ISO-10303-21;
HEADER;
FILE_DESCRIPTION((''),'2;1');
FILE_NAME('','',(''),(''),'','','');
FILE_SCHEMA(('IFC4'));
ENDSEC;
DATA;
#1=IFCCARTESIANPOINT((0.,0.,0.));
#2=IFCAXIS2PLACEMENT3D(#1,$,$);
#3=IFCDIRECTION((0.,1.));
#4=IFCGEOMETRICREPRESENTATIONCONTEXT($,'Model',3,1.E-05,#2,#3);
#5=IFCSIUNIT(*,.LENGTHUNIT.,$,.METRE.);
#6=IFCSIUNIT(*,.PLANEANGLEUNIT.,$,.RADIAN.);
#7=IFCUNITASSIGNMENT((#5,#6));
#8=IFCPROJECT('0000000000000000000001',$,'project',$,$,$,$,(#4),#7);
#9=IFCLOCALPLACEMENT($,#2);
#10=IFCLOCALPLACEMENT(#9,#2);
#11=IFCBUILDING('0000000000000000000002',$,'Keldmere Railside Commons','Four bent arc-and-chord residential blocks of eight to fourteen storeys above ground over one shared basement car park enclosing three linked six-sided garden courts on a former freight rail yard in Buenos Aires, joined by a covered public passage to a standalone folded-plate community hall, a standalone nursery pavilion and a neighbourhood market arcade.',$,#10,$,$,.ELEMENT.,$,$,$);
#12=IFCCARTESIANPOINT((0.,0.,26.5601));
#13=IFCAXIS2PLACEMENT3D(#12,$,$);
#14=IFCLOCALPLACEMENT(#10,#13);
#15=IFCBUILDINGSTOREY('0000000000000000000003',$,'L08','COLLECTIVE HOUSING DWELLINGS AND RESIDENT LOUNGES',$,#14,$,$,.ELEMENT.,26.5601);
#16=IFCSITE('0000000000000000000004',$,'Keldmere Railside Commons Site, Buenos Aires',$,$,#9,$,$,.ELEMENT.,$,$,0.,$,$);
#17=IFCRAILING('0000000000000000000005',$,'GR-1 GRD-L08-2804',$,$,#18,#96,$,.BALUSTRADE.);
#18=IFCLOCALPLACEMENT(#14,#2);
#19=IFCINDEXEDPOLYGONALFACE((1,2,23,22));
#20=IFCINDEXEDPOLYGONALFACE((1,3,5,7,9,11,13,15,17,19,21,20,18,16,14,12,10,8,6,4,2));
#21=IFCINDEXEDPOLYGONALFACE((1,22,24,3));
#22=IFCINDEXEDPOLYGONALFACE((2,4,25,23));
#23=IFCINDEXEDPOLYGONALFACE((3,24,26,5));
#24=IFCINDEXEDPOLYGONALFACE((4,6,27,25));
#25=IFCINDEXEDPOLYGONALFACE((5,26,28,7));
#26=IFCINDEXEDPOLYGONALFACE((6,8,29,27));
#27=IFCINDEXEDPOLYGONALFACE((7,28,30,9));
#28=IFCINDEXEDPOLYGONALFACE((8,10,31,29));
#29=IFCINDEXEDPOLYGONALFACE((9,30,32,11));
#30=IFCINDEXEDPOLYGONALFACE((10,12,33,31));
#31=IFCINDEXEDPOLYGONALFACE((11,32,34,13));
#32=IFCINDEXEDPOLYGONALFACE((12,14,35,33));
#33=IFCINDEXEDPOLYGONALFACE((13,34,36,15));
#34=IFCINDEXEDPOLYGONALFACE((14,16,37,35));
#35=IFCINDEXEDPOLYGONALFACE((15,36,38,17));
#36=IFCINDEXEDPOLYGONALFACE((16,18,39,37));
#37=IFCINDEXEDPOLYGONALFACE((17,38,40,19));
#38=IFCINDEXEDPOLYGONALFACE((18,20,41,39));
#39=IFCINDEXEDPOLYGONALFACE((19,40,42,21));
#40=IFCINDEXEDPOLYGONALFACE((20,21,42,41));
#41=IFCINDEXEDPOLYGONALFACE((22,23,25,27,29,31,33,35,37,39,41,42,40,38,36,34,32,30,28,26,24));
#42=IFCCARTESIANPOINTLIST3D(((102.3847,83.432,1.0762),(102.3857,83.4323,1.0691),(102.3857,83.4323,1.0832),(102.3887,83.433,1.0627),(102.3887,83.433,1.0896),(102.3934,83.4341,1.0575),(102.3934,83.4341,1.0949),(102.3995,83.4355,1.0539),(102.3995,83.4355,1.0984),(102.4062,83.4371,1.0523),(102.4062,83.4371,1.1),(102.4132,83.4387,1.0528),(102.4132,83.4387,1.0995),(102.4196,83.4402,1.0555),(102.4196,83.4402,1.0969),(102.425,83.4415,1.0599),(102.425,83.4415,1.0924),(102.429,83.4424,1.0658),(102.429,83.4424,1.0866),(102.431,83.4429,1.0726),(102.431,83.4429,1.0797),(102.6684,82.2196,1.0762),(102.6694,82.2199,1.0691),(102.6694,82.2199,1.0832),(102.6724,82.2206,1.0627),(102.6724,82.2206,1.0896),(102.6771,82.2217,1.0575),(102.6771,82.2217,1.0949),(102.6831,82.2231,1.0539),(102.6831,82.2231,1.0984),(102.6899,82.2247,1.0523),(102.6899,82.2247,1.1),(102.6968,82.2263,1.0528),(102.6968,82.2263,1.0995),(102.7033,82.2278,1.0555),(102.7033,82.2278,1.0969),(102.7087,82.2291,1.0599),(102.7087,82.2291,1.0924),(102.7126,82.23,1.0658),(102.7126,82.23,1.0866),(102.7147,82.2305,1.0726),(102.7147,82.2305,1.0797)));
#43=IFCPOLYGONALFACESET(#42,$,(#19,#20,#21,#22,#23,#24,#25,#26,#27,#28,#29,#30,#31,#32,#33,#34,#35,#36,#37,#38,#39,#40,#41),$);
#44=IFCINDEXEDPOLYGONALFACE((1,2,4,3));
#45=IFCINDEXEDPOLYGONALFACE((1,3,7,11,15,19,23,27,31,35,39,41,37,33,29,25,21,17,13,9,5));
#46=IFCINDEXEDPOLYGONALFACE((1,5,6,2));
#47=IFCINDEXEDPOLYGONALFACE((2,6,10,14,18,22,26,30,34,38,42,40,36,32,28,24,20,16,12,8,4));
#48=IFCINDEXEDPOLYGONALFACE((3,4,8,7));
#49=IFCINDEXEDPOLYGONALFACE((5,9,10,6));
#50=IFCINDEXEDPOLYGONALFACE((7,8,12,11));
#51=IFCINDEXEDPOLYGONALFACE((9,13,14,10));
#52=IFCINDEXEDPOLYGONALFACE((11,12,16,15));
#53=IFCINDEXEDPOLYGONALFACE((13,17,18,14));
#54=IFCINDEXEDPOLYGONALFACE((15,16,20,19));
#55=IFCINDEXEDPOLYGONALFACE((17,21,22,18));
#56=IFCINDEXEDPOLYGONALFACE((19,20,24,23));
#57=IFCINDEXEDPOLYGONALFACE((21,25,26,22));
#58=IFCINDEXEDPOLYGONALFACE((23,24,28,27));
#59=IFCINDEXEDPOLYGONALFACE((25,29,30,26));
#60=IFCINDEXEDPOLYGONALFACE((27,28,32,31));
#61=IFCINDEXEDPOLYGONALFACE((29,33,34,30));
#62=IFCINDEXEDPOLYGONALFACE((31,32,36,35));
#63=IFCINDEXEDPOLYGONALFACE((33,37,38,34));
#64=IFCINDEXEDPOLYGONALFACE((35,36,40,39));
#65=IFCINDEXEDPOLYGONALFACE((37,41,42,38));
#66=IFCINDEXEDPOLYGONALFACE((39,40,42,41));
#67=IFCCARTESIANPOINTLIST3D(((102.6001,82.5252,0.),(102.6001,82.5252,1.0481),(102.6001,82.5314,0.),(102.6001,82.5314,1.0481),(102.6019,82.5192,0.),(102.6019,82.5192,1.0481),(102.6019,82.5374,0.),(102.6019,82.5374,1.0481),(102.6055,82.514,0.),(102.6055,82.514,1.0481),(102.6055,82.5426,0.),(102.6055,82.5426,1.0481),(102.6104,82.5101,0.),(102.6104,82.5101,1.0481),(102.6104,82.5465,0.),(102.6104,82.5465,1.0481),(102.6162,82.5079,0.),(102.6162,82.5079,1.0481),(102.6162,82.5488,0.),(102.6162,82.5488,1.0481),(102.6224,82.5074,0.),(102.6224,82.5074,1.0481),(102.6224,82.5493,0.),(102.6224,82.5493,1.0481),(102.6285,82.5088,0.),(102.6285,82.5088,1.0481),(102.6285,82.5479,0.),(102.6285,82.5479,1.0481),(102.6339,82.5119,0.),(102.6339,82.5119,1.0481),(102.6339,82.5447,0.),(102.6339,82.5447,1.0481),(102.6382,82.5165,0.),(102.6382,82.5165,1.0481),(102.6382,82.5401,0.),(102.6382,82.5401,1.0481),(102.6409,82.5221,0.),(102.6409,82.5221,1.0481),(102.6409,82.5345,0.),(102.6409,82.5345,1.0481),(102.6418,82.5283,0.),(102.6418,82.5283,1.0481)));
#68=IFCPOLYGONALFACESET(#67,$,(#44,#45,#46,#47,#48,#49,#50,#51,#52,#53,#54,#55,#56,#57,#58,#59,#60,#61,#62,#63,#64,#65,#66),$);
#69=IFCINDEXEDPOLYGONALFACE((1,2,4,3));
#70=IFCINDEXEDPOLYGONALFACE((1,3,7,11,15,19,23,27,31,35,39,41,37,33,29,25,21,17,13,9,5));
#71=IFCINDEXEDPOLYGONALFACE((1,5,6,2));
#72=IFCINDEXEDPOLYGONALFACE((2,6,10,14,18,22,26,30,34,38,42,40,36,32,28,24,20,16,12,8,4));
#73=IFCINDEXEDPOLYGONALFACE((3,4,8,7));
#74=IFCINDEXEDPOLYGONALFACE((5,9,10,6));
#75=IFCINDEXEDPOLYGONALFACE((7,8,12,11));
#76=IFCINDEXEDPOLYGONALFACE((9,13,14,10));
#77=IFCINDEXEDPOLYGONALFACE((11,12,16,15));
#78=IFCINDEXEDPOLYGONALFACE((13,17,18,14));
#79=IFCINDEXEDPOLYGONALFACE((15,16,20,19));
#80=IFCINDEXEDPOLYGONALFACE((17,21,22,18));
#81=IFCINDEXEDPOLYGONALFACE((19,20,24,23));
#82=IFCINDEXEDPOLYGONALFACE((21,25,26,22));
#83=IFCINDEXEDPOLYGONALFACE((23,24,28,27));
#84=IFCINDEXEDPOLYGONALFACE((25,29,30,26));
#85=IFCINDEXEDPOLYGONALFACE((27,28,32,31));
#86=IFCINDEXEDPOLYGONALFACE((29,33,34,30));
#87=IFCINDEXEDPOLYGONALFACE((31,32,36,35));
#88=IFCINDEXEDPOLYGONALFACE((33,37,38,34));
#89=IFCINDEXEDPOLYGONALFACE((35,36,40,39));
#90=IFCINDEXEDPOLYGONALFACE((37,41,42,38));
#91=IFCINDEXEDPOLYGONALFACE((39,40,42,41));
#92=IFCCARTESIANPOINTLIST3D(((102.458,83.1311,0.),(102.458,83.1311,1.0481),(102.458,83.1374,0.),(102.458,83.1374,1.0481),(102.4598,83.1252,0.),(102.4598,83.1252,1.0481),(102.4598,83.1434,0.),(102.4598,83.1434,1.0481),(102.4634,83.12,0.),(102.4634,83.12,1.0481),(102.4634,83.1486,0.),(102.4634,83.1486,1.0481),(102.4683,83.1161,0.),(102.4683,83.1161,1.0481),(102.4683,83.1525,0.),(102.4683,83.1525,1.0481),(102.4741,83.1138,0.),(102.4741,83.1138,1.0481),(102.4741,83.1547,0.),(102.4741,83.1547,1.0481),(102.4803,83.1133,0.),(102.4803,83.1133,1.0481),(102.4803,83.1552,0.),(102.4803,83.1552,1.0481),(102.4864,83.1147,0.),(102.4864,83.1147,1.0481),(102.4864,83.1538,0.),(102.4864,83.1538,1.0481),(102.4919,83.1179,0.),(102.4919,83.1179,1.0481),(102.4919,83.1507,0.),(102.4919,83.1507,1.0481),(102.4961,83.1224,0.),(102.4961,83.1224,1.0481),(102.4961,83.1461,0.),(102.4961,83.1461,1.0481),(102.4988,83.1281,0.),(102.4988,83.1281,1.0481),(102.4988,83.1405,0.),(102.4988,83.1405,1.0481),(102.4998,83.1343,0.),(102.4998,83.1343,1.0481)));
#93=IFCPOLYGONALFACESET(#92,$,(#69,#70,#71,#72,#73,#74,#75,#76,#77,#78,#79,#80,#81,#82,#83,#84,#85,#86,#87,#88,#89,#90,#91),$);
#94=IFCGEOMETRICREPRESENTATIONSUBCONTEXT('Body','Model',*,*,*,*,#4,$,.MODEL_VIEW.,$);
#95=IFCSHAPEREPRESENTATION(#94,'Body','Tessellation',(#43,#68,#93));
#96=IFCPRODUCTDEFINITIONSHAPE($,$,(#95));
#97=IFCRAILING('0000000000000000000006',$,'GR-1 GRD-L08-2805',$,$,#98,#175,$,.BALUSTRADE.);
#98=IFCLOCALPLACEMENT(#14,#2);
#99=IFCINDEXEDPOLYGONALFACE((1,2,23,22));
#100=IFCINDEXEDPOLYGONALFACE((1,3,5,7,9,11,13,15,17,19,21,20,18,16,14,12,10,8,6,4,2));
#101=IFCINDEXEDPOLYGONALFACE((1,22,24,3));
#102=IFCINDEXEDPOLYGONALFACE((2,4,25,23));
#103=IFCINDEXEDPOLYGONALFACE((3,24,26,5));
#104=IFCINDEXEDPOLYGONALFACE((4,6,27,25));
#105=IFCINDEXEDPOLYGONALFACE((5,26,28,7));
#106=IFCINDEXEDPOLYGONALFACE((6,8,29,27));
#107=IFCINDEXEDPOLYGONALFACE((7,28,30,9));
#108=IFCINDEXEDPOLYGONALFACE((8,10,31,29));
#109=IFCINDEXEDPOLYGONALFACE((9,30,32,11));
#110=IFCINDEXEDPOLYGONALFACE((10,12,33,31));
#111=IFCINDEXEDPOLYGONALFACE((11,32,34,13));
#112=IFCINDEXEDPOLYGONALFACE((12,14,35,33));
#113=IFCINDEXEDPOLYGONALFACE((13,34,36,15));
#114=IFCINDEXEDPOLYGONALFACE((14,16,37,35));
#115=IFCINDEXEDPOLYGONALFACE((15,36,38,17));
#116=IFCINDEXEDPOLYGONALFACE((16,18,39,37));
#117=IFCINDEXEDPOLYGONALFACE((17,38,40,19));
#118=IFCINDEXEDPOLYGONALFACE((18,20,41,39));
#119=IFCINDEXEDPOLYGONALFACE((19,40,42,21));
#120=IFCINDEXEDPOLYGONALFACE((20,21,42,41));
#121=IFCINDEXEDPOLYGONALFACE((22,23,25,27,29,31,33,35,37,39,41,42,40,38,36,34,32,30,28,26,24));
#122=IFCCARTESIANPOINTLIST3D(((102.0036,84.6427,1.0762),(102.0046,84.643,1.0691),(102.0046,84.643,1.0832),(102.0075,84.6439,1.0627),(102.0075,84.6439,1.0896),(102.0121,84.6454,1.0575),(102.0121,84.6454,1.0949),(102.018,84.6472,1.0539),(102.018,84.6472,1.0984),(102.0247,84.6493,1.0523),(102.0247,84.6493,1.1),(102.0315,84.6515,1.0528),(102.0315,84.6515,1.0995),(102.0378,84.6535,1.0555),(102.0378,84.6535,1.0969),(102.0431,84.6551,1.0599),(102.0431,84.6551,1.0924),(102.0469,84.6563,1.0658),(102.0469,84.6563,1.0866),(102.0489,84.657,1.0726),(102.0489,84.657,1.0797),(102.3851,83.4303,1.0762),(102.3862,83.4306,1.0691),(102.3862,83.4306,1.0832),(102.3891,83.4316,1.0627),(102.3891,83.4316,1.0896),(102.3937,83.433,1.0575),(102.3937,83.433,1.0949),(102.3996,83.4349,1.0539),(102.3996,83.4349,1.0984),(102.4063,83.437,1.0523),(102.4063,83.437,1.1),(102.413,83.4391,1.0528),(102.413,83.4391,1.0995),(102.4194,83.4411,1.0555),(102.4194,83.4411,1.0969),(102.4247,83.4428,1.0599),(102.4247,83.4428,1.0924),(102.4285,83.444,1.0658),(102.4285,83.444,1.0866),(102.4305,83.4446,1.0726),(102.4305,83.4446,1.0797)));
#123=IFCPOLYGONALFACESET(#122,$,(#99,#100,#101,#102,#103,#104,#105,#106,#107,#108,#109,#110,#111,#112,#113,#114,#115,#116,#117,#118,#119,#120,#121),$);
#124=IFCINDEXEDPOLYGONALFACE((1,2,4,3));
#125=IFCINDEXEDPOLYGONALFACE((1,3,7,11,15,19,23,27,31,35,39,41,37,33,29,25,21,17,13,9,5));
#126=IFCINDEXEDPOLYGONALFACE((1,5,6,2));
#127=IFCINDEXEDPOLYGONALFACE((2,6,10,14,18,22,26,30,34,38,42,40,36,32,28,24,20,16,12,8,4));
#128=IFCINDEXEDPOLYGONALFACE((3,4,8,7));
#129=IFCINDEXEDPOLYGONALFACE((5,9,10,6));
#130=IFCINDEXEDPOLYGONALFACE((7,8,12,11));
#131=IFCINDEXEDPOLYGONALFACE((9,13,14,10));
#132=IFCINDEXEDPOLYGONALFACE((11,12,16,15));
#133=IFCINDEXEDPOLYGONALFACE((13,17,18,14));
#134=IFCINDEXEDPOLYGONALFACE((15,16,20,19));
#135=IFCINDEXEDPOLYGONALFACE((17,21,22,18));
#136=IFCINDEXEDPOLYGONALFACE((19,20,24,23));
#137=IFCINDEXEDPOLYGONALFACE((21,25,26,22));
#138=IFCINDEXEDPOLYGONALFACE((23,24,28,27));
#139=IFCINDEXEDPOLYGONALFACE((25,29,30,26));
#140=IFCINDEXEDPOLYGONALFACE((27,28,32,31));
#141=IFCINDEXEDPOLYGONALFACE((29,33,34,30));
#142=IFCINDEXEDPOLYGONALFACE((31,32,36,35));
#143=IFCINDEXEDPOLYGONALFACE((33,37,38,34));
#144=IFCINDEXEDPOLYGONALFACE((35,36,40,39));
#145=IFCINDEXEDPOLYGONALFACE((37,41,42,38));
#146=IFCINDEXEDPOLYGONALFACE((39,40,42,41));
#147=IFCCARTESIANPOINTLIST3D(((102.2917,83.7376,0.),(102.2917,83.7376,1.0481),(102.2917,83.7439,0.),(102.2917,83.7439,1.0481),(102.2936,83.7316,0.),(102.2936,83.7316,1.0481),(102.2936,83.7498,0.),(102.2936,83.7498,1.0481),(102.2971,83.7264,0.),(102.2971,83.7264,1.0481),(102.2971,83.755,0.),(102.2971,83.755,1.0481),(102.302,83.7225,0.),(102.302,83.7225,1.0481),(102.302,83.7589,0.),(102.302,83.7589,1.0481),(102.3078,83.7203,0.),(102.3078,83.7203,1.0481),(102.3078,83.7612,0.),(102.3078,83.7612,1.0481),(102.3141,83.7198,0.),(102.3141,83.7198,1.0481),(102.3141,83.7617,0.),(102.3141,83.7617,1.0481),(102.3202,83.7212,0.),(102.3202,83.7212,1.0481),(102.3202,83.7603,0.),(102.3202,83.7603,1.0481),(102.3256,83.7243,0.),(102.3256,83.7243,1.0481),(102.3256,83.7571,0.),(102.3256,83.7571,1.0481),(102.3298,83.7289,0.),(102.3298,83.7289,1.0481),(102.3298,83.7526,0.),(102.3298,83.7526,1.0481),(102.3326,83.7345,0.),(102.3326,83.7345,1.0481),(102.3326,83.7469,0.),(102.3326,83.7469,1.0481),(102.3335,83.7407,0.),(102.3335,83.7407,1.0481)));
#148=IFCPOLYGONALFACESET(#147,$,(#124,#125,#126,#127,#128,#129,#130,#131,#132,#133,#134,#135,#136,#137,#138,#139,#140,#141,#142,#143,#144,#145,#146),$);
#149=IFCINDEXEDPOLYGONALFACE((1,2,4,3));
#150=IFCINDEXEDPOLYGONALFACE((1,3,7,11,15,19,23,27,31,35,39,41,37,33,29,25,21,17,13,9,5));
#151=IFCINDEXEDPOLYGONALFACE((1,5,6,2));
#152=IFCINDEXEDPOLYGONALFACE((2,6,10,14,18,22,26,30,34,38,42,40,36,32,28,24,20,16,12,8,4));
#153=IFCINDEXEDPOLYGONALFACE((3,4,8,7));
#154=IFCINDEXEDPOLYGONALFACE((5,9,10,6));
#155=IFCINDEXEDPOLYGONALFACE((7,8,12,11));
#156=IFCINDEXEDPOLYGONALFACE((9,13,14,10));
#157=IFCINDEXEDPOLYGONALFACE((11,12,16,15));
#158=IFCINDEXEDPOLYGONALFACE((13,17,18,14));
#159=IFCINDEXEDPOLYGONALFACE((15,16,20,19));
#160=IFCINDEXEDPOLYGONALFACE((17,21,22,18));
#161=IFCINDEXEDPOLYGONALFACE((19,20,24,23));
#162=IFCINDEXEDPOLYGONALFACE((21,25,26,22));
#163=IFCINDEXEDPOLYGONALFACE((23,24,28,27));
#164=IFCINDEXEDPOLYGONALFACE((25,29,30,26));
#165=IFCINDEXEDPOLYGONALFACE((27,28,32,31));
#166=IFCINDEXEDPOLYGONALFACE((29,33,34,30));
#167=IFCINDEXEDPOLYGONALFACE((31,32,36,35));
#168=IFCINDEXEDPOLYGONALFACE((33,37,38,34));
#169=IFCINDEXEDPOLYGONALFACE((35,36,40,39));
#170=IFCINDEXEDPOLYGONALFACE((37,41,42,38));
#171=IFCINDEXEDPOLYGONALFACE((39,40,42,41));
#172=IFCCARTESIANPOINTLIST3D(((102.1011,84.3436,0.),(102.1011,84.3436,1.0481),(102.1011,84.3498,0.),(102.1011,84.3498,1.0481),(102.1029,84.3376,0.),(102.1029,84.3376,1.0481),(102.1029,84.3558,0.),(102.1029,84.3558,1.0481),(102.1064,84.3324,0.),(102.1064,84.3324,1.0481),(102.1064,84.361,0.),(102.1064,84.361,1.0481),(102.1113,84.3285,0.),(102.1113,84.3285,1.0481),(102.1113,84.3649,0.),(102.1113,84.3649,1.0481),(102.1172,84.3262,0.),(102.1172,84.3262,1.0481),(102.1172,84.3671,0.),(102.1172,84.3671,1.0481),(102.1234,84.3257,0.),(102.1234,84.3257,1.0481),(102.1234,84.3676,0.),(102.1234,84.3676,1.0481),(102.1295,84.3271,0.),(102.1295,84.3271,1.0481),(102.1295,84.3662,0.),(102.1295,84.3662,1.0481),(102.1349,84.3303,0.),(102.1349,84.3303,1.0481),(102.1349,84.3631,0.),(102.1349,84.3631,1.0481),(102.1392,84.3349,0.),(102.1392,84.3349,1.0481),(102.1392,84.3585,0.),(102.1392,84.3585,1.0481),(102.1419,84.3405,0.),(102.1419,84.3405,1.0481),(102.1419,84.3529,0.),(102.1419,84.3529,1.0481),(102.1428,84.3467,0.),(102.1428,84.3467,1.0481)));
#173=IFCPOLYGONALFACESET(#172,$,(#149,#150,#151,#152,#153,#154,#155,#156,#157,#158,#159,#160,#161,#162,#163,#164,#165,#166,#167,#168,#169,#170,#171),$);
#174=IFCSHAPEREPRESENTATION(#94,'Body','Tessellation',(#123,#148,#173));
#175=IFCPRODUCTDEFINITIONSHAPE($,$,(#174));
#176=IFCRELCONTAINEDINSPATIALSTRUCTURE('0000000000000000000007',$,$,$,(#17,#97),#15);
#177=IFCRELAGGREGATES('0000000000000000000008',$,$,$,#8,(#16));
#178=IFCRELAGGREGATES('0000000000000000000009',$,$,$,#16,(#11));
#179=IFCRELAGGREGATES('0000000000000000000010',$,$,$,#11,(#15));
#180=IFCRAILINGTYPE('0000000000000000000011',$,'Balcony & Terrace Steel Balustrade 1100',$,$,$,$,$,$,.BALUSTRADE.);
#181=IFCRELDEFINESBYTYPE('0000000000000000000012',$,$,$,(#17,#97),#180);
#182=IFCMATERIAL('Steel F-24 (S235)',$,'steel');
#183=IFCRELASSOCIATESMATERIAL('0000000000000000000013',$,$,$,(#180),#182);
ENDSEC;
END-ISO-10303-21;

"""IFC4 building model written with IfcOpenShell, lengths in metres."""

from ifc_helpers import new_model, si_unit, direction, frame, origin, origin_2d, place, context, subcontext, project, spatial, circle, extrude, material, type_object, element, save


model = new_model("IFC4")

# Units and contexts
model_context = context("Model", 3, precision=1e-05, world=origin(), true_north=direction((0.0, 1.0)))
body_context = subcontext(model_context, "Body", "Model", "MODEL_VIEW")
ifc_project = project(units=[si_unit("LENGTHUNIT", "METRE"), si_unit("PLANEANGLEUNIT", "RADIAN")], contexts=[model_context])

# Site, building, storey
site_placement = place(None, origin())
site = spatial("IfcSite", under=ifc_project, at=site_placement, Name="Keldmere Railside Commons Site, Buenos Aires", CompositionType="ELEMENT", RefElevation=0.0)
building_placement = place(site_placement, origin())
building = spatial("IfcBuilding", under=site, at=building_placement, Name="Keldmere Railside Commons", Description="Four bent arc-and-chord residential blocks of eight to fourteen storeys above ground over one shared basement car park enclosing three linked six-sided garden courts on a former freight rail yard in Buenos Aires, joined by a covered public passage to a standalone folded-plate community hall, a standalone nursery pavilion and a neighbourhood market arcade.", CompositionType="ELEMENT")
storey_placement = place(building_placement, frame((0.0, 0.0, 26.5601)))
storey = spatial("IfcBuildingStorey", under=building, at=storey_placement, Name="L08", Description="COLLECTIVE HOUSING DWELLINGS AND RESIDENT LOUNGES", CompositionType="ELEMENT", Elevation=26.5601)

# Railings
ifc_material_1 = material(Name="Steel F-24 (S235)", Category="steel")
railing_type_1 = type_object("IfcRailingType", Name="Balcony & Terrace Steel Balustrade 1100", PredefinedType="BALUSTRADE", material=ifc_material_1)
railing_1_placement = place(storey_placement, frame((102.6917, 82.2251, 0.0)))
element("IfcRailing", 1, at=railing_1_placement, inside=storey, type_object=railing_type_1, Name="GR-1 GRD-L08-2804", PredefinedType="BALUSTRADE", context=body_context, shape_type="SweptSolid", body=[
    extrude(circle(Radius=0.0239, at=origin_2d()), frame((0.0, 0.0, 1.0762), z_axis=(-0.227837, 0.973699, 0.0), x_axis=(-0.973699, -0.227837, 0.0)), (0.0, 0.0, 1.0), 1.2451),
    extrude(circle(Radius=0.021, at=origin_2d()), frame((-0.0708, 0.3032, 0.0)), (0.0, 0.0, 1.0), 1.0481),
    extrude(circle(Radius=0.021, at=origin_2d()), frame((-0.2129, 0.9092, 0.0)), (0.0, 0.0, 1.0), 1.0481),
])
railing_2_placement = place(storey_placement, frame((102.408, 83.4375, 0.0)))
element("IfcRailing", 2, at=railing_2_placement, inside=storey, type_object=railing_type_1, Name="GR-1 GRD-L08-2805", PredefinedType="BALUSTRADE", context=body_context, shape_type="SweptSolid", body=[
    extrude(circle(Radius=0.0239, at=origin_2d()), frame((0.0, 0.0, 1.0762), z_axis=(-0.300221, 0.95387, 0.0), x_axis=(-0.95387, -0.300221, 0.0)), (0.0, 0.0, 1.0), 1.271),
    extrude(circle(Radius=0.021, at=origin_2d()), frame((-0.0955, 0.3032, 0.0)), (0.0, 0.0, 1.0), 1.0481),
    extrude(circle(Radius=0.021, at=origin_2d()), frame((-0.2861, 0.9092, 0.0)), (0.0, 0.0, 1.0), 1.0481),
])

save(model, "model.ifc")
